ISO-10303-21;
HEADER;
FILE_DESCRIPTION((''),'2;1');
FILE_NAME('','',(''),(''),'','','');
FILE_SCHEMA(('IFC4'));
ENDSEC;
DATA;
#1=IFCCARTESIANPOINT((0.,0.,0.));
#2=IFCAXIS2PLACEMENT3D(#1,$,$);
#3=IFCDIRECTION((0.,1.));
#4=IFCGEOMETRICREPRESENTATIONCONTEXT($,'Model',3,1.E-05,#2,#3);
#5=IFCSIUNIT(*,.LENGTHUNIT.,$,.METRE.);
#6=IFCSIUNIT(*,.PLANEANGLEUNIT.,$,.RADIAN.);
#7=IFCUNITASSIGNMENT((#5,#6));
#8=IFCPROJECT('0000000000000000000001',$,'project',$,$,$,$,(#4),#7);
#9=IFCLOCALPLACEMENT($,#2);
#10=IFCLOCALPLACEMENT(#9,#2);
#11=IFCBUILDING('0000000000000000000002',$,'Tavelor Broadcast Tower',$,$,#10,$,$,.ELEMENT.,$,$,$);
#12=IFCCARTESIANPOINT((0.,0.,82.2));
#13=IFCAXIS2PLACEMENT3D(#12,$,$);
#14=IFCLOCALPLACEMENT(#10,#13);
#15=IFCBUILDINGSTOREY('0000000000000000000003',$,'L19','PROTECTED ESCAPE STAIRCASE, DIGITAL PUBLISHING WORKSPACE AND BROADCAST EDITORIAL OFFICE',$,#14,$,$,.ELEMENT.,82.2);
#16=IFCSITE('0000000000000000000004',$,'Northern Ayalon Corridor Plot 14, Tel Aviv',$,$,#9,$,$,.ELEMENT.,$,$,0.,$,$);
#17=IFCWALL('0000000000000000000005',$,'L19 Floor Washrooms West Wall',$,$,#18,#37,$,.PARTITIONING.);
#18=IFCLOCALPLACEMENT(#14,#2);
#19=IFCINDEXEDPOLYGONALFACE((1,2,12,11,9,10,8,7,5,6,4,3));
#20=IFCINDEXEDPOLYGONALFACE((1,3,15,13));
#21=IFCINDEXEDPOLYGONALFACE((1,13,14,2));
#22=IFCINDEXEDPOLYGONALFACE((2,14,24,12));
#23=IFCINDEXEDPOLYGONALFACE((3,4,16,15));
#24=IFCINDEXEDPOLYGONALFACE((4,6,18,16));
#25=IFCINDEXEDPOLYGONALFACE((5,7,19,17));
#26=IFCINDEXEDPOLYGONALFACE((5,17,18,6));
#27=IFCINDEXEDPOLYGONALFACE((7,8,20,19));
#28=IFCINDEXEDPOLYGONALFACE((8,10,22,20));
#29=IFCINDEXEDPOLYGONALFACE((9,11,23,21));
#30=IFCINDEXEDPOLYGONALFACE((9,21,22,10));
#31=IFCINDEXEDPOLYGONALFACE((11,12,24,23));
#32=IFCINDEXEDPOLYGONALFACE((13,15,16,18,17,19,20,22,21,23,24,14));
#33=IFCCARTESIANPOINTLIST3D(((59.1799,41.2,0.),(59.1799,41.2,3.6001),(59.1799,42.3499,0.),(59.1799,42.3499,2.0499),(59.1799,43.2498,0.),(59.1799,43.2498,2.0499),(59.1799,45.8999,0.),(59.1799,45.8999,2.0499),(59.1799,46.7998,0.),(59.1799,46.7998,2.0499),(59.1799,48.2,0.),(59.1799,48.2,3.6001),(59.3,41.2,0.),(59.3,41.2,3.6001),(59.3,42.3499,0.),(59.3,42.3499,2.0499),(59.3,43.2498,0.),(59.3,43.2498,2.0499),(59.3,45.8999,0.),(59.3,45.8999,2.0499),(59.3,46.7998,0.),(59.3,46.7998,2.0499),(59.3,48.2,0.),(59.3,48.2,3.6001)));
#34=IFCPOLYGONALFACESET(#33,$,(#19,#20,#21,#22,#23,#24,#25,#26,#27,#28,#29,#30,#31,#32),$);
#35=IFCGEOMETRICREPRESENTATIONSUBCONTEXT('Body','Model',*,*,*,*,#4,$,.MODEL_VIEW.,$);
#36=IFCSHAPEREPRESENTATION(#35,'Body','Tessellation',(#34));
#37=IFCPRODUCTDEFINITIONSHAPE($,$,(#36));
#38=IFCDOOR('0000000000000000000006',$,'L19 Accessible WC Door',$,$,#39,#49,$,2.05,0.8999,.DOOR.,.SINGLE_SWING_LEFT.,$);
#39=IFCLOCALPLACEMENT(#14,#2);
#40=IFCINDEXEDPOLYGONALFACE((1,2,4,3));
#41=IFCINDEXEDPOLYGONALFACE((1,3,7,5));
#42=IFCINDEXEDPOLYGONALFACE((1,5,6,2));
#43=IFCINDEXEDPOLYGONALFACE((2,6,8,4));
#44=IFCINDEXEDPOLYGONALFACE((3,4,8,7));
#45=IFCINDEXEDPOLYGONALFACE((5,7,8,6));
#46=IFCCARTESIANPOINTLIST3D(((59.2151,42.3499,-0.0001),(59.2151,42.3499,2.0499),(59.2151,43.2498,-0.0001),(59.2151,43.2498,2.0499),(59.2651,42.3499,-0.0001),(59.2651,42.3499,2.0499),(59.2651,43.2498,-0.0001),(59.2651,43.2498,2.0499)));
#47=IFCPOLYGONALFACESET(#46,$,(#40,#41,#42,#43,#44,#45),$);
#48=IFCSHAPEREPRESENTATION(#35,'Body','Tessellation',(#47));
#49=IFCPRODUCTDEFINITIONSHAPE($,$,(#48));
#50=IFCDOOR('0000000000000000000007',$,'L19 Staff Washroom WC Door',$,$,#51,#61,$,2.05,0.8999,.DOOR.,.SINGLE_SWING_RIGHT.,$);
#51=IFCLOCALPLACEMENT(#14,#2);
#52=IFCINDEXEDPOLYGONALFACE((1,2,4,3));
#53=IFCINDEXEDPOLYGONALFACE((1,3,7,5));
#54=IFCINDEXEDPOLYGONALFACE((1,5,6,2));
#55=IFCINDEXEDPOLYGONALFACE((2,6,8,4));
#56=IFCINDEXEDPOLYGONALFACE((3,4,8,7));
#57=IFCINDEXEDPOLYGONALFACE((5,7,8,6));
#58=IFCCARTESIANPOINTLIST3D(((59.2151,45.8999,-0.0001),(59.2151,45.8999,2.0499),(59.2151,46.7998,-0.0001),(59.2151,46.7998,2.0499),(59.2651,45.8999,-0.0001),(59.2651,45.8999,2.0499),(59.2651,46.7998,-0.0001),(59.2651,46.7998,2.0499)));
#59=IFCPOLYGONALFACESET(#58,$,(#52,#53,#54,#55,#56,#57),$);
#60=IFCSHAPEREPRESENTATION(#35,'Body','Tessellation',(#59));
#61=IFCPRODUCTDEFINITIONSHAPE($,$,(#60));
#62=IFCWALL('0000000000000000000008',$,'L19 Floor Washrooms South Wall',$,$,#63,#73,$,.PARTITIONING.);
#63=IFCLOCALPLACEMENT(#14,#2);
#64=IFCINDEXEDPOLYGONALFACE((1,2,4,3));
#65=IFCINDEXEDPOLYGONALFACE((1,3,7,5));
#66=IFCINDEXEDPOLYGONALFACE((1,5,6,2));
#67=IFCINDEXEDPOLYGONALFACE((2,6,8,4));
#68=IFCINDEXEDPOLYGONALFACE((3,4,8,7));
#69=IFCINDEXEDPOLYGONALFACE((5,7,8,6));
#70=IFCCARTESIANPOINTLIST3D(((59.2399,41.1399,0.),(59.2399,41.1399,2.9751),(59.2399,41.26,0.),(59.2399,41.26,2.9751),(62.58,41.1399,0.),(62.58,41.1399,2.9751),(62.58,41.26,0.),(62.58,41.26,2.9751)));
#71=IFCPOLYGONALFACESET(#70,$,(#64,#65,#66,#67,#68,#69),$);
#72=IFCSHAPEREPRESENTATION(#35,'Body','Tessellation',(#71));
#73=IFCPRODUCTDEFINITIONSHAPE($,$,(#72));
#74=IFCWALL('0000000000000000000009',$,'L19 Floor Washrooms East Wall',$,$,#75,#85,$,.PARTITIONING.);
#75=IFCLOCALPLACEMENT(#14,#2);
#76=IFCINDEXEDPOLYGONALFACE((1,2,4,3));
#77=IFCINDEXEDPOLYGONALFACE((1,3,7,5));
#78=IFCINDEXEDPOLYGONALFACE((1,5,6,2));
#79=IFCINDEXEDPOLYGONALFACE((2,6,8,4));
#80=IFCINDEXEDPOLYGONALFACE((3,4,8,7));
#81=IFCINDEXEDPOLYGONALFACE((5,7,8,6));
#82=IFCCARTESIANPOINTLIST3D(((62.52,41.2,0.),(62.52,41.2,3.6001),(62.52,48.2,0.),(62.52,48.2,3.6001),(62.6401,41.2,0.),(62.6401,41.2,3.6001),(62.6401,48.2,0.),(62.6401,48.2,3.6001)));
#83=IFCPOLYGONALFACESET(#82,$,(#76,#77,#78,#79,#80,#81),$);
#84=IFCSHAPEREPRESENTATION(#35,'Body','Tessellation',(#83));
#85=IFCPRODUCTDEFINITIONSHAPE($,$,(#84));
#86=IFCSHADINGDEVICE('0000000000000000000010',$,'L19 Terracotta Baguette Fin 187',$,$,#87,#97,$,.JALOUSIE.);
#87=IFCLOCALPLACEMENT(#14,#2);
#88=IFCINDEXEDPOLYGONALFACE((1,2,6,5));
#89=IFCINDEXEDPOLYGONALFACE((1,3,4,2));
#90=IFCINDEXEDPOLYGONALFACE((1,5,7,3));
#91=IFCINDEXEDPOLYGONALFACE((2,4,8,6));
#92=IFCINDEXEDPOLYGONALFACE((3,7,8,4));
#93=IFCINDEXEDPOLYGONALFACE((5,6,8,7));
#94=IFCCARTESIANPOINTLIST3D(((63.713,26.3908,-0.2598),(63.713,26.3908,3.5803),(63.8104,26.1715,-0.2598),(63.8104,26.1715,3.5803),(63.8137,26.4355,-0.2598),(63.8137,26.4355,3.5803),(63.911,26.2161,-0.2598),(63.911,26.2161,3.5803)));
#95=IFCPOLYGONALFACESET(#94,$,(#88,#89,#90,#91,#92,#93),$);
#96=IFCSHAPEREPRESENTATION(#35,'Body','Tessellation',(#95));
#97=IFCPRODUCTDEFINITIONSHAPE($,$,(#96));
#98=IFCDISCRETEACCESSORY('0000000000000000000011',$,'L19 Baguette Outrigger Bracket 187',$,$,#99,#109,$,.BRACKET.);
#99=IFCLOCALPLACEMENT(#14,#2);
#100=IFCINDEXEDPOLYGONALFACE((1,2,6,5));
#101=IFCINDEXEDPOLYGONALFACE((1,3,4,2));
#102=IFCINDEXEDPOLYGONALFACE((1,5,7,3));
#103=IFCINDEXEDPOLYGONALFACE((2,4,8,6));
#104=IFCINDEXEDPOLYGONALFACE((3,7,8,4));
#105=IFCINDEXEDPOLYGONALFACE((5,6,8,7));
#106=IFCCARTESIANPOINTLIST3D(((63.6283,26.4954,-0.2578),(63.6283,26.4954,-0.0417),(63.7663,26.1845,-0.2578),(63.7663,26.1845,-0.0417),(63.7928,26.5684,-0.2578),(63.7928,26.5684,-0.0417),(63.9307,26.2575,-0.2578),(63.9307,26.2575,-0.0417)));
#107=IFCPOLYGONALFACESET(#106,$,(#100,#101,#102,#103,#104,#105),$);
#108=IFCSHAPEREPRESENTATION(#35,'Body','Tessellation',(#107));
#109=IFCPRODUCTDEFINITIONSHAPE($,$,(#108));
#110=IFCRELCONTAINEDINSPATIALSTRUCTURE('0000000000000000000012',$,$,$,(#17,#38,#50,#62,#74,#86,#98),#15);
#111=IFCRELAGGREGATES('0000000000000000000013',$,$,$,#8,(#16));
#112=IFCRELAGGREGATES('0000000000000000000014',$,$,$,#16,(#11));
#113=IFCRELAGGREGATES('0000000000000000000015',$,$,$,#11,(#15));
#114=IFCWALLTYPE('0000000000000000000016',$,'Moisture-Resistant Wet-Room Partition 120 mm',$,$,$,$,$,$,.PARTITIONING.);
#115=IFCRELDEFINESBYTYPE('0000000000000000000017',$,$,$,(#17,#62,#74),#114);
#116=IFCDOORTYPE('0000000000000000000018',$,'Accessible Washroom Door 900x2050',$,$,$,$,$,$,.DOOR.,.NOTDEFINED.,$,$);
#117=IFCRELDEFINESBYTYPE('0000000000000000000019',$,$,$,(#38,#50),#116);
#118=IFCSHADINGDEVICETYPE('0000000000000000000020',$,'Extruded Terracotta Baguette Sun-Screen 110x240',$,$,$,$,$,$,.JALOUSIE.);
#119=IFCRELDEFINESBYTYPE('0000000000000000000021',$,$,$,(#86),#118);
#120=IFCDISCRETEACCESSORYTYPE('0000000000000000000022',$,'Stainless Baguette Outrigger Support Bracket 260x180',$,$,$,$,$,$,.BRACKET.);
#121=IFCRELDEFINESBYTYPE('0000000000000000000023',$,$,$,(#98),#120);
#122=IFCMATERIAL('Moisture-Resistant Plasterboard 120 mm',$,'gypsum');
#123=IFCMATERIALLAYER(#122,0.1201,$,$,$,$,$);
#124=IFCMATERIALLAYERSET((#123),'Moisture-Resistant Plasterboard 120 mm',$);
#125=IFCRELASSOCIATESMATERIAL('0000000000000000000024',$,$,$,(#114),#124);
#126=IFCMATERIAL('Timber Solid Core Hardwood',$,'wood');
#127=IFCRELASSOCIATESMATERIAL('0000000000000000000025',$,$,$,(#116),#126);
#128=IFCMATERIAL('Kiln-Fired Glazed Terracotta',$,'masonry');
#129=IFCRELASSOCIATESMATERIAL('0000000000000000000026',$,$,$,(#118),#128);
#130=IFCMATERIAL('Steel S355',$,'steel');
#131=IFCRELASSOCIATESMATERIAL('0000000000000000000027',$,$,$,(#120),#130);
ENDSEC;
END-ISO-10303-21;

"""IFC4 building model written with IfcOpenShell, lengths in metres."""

from ifc_helpers import new_model, si_unit, direction, frame, frame_2d, origin, origin_2d, place, context, subcontext, project, spatial, rectangle, extrude, source, transform, mapped, material, layer, layer_set, type_object, type_shapes, element, fill, save


model = new_model("IFC4")

# Units and contexts
model_context = context("Model", 3, precision=1e-05, world=origin(), true_north=direction((0.0, 1.0)))
body_context = subcontext(model_context, "Body", "Model", "MODEL_VIEW")
ifc_project = project(units=[si_unit("LENGTHUNIT", "METRE"), si_unit("PLANEANGLEUNIT", "RADIAN")], contexts=[model_context])

# Site, building, storey
site_placement = place(None, origin())
site = spatial("IfcSite", under=ifc_project, at=site_placement, Name="Northern Ayalon Corridor Plot 14, Tel Aviv", CompositionType="ELEMENT", RefElevation=0.0)
building_placement = place(site_placement, origin())
building = spatial("IfcBuilding", under=site, at=building_placement, Name="Tavelor Broadcast Tower", CompositionType="ELEMENT")
storey_placement = place(building_placement, frame((0.0, 0.0, 82.2)))
storey = spatial("IfcBuildingStorey", under=building, at=storey_placement, Name="L19", Description="PROTECTED ESCAPE STAIRCASE, DIGITAL PUBLISHING WORKSPACE AND BROADCAST EDITORIAL OFFICE", CompositionType="ELEMENT", Elevation=82.2)

# Shared definitions
ifc_material_1 = material(Name="Steel S355", Category="steel")

# Shared definitions
ifc_material_2 = material(Name="Timber Solid Core Hardwood", Category="wood")

# Wall, openings, doors
ifc_material_3 = material(Name="Moisture-Resistant Plasterboard 120 mm", Category="gypsum")
ifc_layer_1 = layer(ifc_material_3, 0.1201)
ifc_layer_set_1 = layer_set([ifc_layer_1], Name="Moisture-Resistant Plasterboard 120 mm")
wall_type_1 = type_object("IfcWallType", Name="Moisture-Resistant Wet-Room Partition 120 mm", PredefinedType="PARTITIONING", material=ifc_layer_set_1)
wall_1_placement = place(storey_placement, frame((59.24, 41.2, 0.0), z_axis=(0.0, 0.0, 1.0), x_axis=(0.0, 1.0, 0.0)))
wall_1 = element("IfcWall", 1, at=wall_1_placement, inside=storey, type_object=wall_type_1, Name="L19 Floor Washrooms West Wall", PredefinedType="PARTITIONING", context=body_context, shape_type="SweptSolid", body=[
    extrude(rectangle(XDim=7.0, YDim=0.1201, at=frame_2d((3.5, 0.0))), origin(), (0.0, 0.0, 1.0), 3.6001),
])
opening_1_placement = place(wall_1_placement, frame((1.1499, 0.0, 0.0)))
opening_1 = element("IfcOpeningElement", 2, at=opening_1_placement, cuts=wall_1, PredefinedType="OPENING", context=body_context, shape_type="SweptSolid", body=[
    extrude(rectangle(XDim=0.8999, YDim=2.05, at=frame_2d((0.45, 1.0249))), frame((0.0, 0.0701, 0.0), z_axis=(0.0, -1.0, 0.0), x_axis=(1.0, 0.0, 0.0)), (0.0, 0.0, 1.0), 0.1401),
])
opening_2_placement = place(wall_1_placement, frame((4.7, 0.0, 0.0)))
opening_2 = element("IfcOpeningElement", 3, at=opening_2_placement, cuts=wall_1, PredefinedType="OPENING", context=body_context, shape_type="SweptSolid", body=[
    extrude(rectangle(XDim=0.8999, YDim=2.05, at=frame_2d((0.45, 1.0249))), frame((0.0, 0.0701, 0.0), z_axis=(0.0, -1.0, 0.0), x_axis=(1.0, 0.0, 0.0)), (0.0, 0.0, 1.0), 0.1401),
])
door_type_1 = type_object("IfcDoorType", Name="Accessible Washroom Door 900x2050", OperationType="NOTDEFINED", PredefinedType="DOOR", material=ifc_material_2)
door_1_placement = place(opening_1_placement, origin())
door_1 = element("IfcDoor", 4, at=door_1_placement, inside=storey, type_object=door_type_1, Name="L19 Accessible WC Door", OperationType="SINGLE_SWING_LEFT", OverallHeight=2.05, OverallWidth=0.8999, PredefinedType="DOOR", context=body_context, shape_type="SweptSolid", body=[
    extrude(rectangle(XDim=0.8999, YDim=2.05, at=frame_2d((0.45, 1.0249))), frame((0.0, 0.0249, 0.0), z_axis=(0.0, -1.0, 0.0), x_axis=(1.0, 0.0, 0.0)), (0.0, 0.0, 1.0), 0.05),
])
fill(opening_1, door_1)
door_2_placement = place(opening_2_placement, origin())
door_2 = element("IfcDoor", 5, at=door_2_placement, inside=storey, type_object=door_type_1, Name="L19 Staff Washroom WC Door", OperationType="SINGLE_SWING_RIGHT", OverallHeight=2.05, OverallWidth=0.8999, PredefinedType="DOOR", context=body_context, shape_type="SweptSolid", body=[
    extrude(rectangle(XDim=0.8999, YDim=2.05, at=frame_2d((0.45, 1.0249))), frame((0.0, 0.0249, 0.0), z_axis=(0.0, -1.0, 0.0), x_axis=(1.0, 0.0, 0.0)), (0.0, 0.0, 1.0), 0.05),
])
fill(opening_2, door_2)

# Walls
wall_2_placement = place(storey_placement, frame((59.24, 41.2, 0.0), z_axis=(0.0, 0.0, 1.0), x_axis=(1.0, 0.0, 0.0)))
element("IfcWall", 6, at=wall_2_placement, inside=storey, type_object=wall_type_1, Name="L19 Floor Washrooms South Wall", PredefinedType="PARTITIONING", context=body_context, shape_type="SweptSolid", body=[
    extrude(rectangle(XDim=3.3401, YDim=0.1201, at=frame_2d((1.6699, 0.0))), origin(), (0.0, 0.0, 1.0), 2.9751),
])
wall_3_placement = place(storey_placement, frame((62.5801, 41.2, 0.0), z_axis=(0.0, 0.0, 1.0), x_axis=(0.0, 1.0, 0.0)))
element("IfcWall", 7, at=wall_3_placement, inside=storey, type_object=wall_type_1, Name="L19 Floor Washrooms East Wall", PredefinedType="PARTITIONING", context=body_context, shape_type="SweptSolid", body=[
    extrude(rectangle(XDim=7.0, YDim=0.1201, at=frame_2d((3.5, 0.0))), origin(), (0.0, 0.0, 1.0), 3.6001),
])

# Shading device
ifc_material_4 = material(Name="Kiln-Fired Glazed Terracotta", Category="masonry")
shading_device_type = type_object("IfcShadingDeviceType", Name="Extruded Terracotta Baguette Sun-Screen 110x240", PredefinedType="JALOUSIE", material=ifc_material_4)
shared_shape_1 = source(origin(), body_context, "Body", "SweptSolid", [
    extrude(rectangle(XDim=0.1101, YDim=0.24, at=origin_2d()), origin(), (0.0, 0.0, 1.0), 3.8401),
])
type_shapes(shading_device_type, [shared_shape_1])
shading_device_placement = place(storey_placement, frame((63.812, 26.3035, -0.2598), z_axis=(0.0, 0.0, 1.0), x_axis=(0.914042, 0.40562, 0.0)))
element("IfcShadingDevice", 8, at=shading_device_placement, inside=storey, type_object=shading_device_type, Name="L19 Terracotta Baguette Fin 187", PredefinedType="JALOUSIE", context=body_context, shape_type="MappedRepresentation", body=[
    mapped(shared_shape_1, transform((0.0, 0.0, 0.0), scale=1.0)),
])

# Discrete accessory
discrete_accessory_type = type_object("IfcDiscreteAccessoryType", Name="Stainless Baguette Outrigger Support Bracket 260x180", PredefinedType="BRACKET", material=ifc_material_1)
shared_shape_2 = source(origin(), body_context, "Body", "SweptSolid", [
    extrude(rectangle(XDim=0.1799, YDim=0.3401, at=origin_2d()), origin(), (0.0, 0.0, 1.0), 0.2161),
])
type_shapes(discrete_accessory_type, [shared_shape_2])
discrete_accessory_placement = place(storey_placement, frame((63.7795, 26.3765, -0.2578), z_axis=(0.0, 0.0, 1.0), x_axis=(0.914042, 0.40562, 0.0)))
element("IfcDiscreteAccessory", 9, at=discrete_accessory_placement, inside=storey, type_object=discrete_accessory_type, Name="L19 Baguette Outrigger Bracket 187", PredefinedType="BRACKET", context=body_context, shape_type="MappedRepresentation", body=[
    mapped(shared_shape_2, transform((0.0, 0.0, 0.0), scale=1.0)),
])

save(model, "model.ifc")
